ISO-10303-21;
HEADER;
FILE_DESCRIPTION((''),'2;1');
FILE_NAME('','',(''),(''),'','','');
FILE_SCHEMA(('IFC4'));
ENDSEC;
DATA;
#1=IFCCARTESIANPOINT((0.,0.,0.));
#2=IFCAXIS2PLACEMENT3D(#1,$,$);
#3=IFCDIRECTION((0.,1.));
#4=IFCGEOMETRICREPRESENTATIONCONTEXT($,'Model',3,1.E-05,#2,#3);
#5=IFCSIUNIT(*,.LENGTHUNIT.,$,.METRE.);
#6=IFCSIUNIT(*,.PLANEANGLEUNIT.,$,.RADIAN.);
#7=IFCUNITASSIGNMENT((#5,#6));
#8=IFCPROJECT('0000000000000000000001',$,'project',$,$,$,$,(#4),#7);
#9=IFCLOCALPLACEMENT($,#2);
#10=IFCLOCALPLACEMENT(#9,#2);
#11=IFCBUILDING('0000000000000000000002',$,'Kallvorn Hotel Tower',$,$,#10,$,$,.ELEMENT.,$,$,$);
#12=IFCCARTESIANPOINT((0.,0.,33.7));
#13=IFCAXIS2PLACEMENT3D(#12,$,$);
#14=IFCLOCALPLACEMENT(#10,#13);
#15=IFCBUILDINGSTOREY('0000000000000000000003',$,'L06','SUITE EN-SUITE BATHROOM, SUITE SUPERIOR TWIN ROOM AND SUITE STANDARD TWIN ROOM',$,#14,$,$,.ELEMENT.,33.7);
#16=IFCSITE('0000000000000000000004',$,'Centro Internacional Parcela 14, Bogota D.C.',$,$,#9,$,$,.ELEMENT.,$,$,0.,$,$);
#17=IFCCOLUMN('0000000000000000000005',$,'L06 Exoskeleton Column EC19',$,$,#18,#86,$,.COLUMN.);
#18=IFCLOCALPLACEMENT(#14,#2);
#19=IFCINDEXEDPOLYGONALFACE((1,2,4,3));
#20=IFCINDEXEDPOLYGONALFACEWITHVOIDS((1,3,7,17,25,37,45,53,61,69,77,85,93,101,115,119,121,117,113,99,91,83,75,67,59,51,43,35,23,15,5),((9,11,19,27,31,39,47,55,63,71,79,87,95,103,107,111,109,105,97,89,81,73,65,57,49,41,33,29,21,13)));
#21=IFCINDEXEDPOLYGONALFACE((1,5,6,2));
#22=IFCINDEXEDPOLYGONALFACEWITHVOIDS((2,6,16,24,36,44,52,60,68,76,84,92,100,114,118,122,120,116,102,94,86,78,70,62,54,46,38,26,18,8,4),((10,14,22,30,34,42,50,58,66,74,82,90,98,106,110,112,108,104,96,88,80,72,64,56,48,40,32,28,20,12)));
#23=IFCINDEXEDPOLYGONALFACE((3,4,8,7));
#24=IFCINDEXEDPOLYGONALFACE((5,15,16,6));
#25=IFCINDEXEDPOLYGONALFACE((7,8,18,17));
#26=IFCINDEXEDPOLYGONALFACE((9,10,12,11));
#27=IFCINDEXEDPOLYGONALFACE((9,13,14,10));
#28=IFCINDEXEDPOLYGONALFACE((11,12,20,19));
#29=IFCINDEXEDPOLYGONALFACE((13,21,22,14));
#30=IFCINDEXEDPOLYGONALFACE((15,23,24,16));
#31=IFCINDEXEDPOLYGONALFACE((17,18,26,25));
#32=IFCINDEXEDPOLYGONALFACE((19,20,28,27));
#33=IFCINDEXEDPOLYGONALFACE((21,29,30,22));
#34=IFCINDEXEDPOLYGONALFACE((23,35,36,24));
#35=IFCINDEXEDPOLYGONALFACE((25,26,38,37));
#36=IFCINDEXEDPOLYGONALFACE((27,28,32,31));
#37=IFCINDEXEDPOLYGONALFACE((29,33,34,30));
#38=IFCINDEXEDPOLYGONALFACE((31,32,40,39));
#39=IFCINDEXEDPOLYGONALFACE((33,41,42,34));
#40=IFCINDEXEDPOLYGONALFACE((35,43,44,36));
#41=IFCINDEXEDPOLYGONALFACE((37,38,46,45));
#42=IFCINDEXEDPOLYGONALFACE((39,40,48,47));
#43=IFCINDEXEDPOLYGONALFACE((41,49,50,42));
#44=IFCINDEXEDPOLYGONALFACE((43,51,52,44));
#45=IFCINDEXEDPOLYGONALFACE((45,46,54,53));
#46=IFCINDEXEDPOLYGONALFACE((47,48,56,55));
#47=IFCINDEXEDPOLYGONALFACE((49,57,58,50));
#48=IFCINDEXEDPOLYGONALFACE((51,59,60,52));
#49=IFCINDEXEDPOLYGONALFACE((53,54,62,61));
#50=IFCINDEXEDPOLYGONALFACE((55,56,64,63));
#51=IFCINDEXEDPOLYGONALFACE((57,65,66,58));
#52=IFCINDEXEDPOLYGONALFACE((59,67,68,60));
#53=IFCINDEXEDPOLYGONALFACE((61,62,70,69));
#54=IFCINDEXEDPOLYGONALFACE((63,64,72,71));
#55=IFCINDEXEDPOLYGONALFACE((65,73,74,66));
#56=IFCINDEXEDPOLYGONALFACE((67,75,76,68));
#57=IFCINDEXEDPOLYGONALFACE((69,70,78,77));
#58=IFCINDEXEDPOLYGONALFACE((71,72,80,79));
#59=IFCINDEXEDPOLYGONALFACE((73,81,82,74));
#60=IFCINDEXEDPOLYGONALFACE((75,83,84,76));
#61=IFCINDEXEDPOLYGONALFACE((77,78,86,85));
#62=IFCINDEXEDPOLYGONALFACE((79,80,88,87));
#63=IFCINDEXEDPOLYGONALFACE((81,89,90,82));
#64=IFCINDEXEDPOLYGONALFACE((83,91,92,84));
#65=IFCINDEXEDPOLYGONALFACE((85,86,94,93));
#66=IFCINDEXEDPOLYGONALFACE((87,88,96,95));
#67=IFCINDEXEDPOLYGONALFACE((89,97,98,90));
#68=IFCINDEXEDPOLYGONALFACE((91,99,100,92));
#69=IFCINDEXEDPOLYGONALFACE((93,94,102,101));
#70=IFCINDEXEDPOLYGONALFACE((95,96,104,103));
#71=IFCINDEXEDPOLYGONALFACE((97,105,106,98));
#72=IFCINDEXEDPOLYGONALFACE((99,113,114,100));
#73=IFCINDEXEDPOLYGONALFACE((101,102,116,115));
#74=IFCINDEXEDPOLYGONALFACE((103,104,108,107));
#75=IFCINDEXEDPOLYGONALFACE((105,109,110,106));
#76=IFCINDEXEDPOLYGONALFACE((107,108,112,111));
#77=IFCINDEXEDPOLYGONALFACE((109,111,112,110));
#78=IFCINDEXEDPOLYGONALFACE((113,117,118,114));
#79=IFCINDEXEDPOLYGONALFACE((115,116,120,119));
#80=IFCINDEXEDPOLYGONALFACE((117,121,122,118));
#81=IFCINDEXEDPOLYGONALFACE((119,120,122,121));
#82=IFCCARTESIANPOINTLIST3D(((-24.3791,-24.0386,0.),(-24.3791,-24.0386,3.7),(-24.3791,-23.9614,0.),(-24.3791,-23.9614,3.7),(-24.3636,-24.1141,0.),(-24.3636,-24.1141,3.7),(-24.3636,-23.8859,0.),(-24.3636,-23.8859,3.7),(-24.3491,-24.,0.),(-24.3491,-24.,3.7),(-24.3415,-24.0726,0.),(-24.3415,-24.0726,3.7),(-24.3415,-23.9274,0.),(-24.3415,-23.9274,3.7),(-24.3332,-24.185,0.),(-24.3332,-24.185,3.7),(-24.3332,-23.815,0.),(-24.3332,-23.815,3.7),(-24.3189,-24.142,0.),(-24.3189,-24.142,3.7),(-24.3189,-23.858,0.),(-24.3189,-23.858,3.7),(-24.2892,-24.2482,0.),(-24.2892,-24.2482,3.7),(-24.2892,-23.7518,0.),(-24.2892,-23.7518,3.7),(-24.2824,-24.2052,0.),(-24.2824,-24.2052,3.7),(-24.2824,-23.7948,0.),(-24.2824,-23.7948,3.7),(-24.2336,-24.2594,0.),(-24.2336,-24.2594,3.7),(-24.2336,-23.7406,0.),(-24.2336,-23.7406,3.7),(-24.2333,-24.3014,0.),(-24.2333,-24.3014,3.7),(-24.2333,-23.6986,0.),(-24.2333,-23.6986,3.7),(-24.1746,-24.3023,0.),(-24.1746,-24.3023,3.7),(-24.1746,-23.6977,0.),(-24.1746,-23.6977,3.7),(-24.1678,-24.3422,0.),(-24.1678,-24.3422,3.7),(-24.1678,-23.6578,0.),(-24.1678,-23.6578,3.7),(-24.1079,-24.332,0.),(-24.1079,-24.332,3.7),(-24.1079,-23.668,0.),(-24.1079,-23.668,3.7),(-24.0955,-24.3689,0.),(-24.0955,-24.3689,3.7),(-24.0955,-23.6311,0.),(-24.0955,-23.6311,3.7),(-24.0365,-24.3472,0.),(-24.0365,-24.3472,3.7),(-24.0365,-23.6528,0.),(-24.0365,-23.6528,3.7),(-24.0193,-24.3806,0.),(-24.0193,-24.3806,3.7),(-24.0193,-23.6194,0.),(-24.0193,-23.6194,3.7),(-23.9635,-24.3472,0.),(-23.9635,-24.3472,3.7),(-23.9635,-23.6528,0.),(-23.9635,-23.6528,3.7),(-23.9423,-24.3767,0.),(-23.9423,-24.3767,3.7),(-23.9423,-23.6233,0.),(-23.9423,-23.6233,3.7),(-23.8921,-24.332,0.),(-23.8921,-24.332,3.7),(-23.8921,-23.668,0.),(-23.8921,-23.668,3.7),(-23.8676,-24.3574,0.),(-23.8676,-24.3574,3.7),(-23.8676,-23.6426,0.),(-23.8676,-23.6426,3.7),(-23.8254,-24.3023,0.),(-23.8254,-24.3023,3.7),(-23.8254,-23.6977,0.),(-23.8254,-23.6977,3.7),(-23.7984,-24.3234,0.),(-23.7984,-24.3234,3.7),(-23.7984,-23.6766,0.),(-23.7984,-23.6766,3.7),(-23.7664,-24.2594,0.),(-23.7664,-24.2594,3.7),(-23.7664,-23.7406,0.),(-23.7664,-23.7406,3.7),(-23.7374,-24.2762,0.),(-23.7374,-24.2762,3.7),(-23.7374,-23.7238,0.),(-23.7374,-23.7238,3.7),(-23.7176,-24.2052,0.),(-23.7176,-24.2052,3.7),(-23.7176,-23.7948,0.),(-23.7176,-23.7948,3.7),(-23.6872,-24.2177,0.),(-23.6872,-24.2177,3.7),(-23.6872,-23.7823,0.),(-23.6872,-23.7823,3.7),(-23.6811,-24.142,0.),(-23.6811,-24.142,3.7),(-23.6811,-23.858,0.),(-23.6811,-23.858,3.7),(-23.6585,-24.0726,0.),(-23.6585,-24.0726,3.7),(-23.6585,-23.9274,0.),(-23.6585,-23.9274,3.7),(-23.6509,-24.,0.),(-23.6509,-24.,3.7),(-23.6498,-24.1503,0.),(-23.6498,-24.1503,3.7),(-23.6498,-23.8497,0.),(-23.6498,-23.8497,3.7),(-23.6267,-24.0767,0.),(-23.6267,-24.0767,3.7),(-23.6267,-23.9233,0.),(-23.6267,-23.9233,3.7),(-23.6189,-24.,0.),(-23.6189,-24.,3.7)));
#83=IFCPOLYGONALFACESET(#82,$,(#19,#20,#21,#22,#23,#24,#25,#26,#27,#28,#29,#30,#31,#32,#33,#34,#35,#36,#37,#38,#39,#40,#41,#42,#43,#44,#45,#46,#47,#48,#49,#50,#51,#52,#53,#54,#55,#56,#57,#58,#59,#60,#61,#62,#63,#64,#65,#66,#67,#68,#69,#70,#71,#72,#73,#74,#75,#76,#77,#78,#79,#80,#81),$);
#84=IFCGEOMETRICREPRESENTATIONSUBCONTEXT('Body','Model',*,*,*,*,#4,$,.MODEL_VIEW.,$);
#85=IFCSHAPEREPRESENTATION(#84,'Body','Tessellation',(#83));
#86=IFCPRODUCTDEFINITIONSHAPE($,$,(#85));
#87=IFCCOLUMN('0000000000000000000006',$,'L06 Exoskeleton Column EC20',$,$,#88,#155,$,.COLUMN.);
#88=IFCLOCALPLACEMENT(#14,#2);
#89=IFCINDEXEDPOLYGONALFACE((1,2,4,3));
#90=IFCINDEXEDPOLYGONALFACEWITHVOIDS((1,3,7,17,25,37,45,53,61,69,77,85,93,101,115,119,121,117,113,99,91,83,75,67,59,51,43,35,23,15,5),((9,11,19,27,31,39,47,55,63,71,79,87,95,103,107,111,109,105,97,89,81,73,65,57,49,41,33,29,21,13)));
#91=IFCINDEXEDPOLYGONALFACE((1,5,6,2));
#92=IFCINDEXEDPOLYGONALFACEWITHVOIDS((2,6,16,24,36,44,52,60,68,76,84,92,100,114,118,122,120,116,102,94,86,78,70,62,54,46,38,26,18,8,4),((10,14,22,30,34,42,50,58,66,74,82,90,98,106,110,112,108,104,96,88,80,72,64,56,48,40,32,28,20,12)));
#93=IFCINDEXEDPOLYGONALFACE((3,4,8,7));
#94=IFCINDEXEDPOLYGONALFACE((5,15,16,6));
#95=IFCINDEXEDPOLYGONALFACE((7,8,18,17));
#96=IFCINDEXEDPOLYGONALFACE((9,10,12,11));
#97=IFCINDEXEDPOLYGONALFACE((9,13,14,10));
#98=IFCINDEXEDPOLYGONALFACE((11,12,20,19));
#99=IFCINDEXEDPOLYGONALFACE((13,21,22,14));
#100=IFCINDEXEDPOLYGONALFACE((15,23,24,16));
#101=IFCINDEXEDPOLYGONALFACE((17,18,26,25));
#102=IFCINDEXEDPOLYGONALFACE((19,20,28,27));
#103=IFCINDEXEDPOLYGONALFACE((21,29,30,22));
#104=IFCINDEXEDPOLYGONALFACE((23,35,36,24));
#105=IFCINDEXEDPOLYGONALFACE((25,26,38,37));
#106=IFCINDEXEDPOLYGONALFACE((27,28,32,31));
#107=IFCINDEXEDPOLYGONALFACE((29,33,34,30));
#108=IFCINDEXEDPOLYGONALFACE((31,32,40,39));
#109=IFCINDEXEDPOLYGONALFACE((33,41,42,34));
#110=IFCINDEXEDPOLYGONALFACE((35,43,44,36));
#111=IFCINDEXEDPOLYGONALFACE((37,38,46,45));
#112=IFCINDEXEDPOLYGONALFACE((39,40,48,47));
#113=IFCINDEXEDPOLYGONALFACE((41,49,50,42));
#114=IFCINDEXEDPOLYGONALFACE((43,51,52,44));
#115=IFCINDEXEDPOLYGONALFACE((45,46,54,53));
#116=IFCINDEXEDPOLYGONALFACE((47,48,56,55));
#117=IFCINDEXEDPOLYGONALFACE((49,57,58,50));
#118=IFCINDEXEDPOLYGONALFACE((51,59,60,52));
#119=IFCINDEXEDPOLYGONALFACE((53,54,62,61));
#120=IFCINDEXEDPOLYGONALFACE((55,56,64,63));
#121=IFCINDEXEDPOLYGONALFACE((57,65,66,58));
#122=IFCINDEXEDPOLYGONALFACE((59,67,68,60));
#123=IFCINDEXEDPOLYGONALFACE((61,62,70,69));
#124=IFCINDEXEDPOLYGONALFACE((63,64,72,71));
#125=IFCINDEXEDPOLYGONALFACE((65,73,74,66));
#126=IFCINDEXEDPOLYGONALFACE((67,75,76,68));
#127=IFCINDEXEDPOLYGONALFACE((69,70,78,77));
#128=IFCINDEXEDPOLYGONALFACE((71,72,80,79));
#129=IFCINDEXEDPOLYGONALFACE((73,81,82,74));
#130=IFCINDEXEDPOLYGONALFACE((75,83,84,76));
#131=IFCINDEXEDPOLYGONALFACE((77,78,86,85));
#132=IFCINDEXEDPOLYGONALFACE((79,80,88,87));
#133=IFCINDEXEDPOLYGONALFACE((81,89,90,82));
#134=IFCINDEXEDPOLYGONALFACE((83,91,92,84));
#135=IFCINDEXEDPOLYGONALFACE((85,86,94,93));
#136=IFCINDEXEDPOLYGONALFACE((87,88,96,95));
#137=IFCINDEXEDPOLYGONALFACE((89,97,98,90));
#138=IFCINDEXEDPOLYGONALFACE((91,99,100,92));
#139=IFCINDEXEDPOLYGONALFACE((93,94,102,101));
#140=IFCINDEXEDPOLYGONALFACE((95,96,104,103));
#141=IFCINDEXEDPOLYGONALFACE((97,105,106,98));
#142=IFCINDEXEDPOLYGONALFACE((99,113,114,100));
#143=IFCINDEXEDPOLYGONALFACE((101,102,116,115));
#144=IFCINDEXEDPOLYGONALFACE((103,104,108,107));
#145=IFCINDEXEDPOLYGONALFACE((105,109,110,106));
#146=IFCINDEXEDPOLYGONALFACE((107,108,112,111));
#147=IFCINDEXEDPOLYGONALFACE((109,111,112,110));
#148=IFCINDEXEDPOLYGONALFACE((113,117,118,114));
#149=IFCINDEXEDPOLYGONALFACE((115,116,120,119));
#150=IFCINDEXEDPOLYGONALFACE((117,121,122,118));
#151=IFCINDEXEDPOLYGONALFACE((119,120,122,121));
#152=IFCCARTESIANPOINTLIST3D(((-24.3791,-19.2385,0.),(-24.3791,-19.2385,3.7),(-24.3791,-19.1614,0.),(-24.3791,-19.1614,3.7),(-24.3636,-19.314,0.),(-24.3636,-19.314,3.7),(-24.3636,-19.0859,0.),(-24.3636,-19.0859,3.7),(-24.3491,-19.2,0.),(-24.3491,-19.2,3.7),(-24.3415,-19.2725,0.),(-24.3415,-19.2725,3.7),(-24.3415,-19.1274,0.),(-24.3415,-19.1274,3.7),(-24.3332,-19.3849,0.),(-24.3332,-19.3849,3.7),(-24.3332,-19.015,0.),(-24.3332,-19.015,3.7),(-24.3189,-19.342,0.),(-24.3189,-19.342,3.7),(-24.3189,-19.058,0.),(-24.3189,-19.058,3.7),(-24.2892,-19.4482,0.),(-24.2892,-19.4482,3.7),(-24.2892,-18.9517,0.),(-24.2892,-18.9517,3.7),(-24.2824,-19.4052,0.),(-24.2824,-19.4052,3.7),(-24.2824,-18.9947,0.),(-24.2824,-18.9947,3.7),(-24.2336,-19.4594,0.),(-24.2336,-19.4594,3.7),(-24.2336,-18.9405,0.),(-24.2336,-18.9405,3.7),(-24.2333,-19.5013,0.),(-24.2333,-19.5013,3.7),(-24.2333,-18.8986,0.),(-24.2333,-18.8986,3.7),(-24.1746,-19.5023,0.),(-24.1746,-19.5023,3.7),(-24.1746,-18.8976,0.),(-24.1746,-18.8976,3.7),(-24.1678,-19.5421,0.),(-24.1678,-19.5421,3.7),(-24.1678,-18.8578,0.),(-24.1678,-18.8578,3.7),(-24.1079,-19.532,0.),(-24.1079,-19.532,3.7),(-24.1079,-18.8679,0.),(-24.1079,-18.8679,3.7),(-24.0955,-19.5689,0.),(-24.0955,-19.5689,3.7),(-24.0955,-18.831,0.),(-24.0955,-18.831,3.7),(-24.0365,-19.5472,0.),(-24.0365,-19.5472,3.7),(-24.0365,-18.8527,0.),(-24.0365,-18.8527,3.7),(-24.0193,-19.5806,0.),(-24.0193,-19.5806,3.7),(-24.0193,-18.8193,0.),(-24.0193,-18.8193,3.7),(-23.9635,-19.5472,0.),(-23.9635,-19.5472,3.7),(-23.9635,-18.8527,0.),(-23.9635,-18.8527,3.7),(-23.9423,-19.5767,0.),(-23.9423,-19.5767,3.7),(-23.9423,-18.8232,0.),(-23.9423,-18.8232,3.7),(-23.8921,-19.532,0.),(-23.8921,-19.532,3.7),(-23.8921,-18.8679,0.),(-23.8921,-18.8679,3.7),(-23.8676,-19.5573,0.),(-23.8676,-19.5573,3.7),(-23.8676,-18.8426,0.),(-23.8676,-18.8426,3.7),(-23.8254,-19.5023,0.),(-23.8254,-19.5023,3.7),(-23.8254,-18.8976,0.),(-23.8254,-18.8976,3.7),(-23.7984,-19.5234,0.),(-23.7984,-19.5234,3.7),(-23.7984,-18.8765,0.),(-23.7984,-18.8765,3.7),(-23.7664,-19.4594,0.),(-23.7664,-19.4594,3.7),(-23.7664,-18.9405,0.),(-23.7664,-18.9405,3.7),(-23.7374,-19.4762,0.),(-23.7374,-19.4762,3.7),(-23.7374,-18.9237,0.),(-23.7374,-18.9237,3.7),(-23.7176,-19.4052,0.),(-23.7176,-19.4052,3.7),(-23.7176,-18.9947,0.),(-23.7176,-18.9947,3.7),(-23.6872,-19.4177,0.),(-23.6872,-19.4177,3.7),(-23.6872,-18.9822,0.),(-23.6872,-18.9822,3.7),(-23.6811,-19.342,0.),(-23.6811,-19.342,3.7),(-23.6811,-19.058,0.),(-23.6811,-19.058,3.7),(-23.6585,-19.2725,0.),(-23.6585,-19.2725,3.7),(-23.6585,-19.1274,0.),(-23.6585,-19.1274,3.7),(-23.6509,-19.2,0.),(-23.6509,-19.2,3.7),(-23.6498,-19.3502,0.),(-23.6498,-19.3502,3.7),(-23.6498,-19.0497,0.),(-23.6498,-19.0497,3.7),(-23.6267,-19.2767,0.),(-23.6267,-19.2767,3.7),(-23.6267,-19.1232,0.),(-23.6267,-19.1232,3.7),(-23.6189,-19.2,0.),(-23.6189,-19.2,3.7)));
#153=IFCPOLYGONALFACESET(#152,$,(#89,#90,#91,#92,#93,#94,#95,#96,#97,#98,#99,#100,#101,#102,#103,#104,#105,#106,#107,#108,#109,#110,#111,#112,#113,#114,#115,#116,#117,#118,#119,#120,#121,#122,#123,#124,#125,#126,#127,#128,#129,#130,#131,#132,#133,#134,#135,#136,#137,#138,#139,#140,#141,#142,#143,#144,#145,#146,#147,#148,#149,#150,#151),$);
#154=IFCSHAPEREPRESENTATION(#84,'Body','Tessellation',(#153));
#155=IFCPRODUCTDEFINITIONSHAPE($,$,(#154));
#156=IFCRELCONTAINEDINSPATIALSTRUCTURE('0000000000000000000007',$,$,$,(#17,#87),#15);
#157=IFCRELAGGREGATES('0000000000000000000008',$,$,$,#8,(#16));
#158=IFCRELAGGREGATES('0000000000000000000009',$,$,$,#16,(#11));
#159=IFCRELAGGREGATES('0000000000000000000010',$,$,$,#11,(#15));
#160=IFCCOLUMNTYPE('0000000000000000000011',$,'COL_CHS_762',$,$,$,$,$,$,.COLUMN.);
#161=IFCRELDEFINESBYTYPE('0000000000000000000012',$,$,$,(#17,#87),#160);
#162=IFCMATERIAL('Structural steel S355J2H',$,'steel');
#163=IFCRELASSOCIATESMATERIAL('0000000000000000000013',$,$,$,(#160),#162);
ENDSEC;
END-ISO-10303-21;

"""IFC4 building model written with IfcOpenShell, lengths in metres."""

from ifc_helpers import new_model, si_unit, direction, frame, origin, origin_2d, place, context, subcontext, project, spatial, hollow_circle, extrude, material, material_profile, profile_set, type_object, element, save


model = new_model("IFC4")

# Units and contexts
model_context = context("Model", 3, precision=1e-05, world=origin(), true_north=direction((0.0, 1.0)))
body_context = subcontext(model_context, "Body", "Model", "MODEL_VIEW")
ifc_project = project(units=[si_unit("LENGTHUNIT", "METRE"), si_unit("PLANEANGLEUNIT", "RADIAN")], contexts=[model_context])

# Site, building, storey
site_placement = place(None, origin())
site = spatial("IfcSite", under=ifc_project, at=site_placement, Name="Centro Internacional Parcela 14, Bogota D.C.", CompositionType="ELEMENT", RefElevation=0.0)
building_placement = place(site_placement, origin())
building = spatial("IfcBuilding", under=site, at=building_placement, Name="Kallvorn Hotel Tower", CompositionType="ELEMENT")
storey_placement = place(building_placement, frame((0.0, 0.0, 33.7)))
storey = spatial("IfcBuildingStorey", under=building, at=storey_placement, Name="L06", Description="SUITE EN-SUITE BATHROOM, SUITE SUPERIOR TWIN ROOM AND SUITE STANDARD TWIN ROOM", CompositionType="ELEMENT", Elevation=33.7)

# Columns
ifc_material_1 = material(Name="Structural steel S355J2H", Category="steel")
ifc_material_profile_1 = material_profile(ifc_material_1, hollow_circle(Radius=0.3811, WallThickness=0.032, at=origin_2d()), Name="CHS 762x32")
ifc_profile_set_1 = profile_set([ifc_material_profile_1], Name="Structural steel S355J2H")
column_type = type_object("IfcColumnType", Name="COL_CHS_762", PredefinedType="COLUMN", material=ifc_profile_set_1)
for number, where, z_axis, x_axis, name in (
    (1, (-24.0, -24.0, 0.0), (0.0, 0.0, 1.0), (1.0, 0.0, 0.0), "L06 Exoskeleton Column EC19"),
    (2, (-24.0, -19.2, 0.0), (0.0, 0.0, 1.0), (1.0, 0.0, 0.0), "L06 Exoskeleton Column EC20"),
):
    element("IfcColumn", number, at=place(storey_placement, frame(where, z_axis=z_axis, x_axis=x_axis)), inside=storey, type_object=column_type, Name=name, PredefinedType="COLUMN", context=body_context, shape_type="SweptSolid", body=[
        extrude(hollow_circle(Radius=0.3811, WallThickness=0.032, at=origin_2d()), origin(), (0.0, 0.0, 1.0), 3.7),
    ])

save(model, "model.ifc")
